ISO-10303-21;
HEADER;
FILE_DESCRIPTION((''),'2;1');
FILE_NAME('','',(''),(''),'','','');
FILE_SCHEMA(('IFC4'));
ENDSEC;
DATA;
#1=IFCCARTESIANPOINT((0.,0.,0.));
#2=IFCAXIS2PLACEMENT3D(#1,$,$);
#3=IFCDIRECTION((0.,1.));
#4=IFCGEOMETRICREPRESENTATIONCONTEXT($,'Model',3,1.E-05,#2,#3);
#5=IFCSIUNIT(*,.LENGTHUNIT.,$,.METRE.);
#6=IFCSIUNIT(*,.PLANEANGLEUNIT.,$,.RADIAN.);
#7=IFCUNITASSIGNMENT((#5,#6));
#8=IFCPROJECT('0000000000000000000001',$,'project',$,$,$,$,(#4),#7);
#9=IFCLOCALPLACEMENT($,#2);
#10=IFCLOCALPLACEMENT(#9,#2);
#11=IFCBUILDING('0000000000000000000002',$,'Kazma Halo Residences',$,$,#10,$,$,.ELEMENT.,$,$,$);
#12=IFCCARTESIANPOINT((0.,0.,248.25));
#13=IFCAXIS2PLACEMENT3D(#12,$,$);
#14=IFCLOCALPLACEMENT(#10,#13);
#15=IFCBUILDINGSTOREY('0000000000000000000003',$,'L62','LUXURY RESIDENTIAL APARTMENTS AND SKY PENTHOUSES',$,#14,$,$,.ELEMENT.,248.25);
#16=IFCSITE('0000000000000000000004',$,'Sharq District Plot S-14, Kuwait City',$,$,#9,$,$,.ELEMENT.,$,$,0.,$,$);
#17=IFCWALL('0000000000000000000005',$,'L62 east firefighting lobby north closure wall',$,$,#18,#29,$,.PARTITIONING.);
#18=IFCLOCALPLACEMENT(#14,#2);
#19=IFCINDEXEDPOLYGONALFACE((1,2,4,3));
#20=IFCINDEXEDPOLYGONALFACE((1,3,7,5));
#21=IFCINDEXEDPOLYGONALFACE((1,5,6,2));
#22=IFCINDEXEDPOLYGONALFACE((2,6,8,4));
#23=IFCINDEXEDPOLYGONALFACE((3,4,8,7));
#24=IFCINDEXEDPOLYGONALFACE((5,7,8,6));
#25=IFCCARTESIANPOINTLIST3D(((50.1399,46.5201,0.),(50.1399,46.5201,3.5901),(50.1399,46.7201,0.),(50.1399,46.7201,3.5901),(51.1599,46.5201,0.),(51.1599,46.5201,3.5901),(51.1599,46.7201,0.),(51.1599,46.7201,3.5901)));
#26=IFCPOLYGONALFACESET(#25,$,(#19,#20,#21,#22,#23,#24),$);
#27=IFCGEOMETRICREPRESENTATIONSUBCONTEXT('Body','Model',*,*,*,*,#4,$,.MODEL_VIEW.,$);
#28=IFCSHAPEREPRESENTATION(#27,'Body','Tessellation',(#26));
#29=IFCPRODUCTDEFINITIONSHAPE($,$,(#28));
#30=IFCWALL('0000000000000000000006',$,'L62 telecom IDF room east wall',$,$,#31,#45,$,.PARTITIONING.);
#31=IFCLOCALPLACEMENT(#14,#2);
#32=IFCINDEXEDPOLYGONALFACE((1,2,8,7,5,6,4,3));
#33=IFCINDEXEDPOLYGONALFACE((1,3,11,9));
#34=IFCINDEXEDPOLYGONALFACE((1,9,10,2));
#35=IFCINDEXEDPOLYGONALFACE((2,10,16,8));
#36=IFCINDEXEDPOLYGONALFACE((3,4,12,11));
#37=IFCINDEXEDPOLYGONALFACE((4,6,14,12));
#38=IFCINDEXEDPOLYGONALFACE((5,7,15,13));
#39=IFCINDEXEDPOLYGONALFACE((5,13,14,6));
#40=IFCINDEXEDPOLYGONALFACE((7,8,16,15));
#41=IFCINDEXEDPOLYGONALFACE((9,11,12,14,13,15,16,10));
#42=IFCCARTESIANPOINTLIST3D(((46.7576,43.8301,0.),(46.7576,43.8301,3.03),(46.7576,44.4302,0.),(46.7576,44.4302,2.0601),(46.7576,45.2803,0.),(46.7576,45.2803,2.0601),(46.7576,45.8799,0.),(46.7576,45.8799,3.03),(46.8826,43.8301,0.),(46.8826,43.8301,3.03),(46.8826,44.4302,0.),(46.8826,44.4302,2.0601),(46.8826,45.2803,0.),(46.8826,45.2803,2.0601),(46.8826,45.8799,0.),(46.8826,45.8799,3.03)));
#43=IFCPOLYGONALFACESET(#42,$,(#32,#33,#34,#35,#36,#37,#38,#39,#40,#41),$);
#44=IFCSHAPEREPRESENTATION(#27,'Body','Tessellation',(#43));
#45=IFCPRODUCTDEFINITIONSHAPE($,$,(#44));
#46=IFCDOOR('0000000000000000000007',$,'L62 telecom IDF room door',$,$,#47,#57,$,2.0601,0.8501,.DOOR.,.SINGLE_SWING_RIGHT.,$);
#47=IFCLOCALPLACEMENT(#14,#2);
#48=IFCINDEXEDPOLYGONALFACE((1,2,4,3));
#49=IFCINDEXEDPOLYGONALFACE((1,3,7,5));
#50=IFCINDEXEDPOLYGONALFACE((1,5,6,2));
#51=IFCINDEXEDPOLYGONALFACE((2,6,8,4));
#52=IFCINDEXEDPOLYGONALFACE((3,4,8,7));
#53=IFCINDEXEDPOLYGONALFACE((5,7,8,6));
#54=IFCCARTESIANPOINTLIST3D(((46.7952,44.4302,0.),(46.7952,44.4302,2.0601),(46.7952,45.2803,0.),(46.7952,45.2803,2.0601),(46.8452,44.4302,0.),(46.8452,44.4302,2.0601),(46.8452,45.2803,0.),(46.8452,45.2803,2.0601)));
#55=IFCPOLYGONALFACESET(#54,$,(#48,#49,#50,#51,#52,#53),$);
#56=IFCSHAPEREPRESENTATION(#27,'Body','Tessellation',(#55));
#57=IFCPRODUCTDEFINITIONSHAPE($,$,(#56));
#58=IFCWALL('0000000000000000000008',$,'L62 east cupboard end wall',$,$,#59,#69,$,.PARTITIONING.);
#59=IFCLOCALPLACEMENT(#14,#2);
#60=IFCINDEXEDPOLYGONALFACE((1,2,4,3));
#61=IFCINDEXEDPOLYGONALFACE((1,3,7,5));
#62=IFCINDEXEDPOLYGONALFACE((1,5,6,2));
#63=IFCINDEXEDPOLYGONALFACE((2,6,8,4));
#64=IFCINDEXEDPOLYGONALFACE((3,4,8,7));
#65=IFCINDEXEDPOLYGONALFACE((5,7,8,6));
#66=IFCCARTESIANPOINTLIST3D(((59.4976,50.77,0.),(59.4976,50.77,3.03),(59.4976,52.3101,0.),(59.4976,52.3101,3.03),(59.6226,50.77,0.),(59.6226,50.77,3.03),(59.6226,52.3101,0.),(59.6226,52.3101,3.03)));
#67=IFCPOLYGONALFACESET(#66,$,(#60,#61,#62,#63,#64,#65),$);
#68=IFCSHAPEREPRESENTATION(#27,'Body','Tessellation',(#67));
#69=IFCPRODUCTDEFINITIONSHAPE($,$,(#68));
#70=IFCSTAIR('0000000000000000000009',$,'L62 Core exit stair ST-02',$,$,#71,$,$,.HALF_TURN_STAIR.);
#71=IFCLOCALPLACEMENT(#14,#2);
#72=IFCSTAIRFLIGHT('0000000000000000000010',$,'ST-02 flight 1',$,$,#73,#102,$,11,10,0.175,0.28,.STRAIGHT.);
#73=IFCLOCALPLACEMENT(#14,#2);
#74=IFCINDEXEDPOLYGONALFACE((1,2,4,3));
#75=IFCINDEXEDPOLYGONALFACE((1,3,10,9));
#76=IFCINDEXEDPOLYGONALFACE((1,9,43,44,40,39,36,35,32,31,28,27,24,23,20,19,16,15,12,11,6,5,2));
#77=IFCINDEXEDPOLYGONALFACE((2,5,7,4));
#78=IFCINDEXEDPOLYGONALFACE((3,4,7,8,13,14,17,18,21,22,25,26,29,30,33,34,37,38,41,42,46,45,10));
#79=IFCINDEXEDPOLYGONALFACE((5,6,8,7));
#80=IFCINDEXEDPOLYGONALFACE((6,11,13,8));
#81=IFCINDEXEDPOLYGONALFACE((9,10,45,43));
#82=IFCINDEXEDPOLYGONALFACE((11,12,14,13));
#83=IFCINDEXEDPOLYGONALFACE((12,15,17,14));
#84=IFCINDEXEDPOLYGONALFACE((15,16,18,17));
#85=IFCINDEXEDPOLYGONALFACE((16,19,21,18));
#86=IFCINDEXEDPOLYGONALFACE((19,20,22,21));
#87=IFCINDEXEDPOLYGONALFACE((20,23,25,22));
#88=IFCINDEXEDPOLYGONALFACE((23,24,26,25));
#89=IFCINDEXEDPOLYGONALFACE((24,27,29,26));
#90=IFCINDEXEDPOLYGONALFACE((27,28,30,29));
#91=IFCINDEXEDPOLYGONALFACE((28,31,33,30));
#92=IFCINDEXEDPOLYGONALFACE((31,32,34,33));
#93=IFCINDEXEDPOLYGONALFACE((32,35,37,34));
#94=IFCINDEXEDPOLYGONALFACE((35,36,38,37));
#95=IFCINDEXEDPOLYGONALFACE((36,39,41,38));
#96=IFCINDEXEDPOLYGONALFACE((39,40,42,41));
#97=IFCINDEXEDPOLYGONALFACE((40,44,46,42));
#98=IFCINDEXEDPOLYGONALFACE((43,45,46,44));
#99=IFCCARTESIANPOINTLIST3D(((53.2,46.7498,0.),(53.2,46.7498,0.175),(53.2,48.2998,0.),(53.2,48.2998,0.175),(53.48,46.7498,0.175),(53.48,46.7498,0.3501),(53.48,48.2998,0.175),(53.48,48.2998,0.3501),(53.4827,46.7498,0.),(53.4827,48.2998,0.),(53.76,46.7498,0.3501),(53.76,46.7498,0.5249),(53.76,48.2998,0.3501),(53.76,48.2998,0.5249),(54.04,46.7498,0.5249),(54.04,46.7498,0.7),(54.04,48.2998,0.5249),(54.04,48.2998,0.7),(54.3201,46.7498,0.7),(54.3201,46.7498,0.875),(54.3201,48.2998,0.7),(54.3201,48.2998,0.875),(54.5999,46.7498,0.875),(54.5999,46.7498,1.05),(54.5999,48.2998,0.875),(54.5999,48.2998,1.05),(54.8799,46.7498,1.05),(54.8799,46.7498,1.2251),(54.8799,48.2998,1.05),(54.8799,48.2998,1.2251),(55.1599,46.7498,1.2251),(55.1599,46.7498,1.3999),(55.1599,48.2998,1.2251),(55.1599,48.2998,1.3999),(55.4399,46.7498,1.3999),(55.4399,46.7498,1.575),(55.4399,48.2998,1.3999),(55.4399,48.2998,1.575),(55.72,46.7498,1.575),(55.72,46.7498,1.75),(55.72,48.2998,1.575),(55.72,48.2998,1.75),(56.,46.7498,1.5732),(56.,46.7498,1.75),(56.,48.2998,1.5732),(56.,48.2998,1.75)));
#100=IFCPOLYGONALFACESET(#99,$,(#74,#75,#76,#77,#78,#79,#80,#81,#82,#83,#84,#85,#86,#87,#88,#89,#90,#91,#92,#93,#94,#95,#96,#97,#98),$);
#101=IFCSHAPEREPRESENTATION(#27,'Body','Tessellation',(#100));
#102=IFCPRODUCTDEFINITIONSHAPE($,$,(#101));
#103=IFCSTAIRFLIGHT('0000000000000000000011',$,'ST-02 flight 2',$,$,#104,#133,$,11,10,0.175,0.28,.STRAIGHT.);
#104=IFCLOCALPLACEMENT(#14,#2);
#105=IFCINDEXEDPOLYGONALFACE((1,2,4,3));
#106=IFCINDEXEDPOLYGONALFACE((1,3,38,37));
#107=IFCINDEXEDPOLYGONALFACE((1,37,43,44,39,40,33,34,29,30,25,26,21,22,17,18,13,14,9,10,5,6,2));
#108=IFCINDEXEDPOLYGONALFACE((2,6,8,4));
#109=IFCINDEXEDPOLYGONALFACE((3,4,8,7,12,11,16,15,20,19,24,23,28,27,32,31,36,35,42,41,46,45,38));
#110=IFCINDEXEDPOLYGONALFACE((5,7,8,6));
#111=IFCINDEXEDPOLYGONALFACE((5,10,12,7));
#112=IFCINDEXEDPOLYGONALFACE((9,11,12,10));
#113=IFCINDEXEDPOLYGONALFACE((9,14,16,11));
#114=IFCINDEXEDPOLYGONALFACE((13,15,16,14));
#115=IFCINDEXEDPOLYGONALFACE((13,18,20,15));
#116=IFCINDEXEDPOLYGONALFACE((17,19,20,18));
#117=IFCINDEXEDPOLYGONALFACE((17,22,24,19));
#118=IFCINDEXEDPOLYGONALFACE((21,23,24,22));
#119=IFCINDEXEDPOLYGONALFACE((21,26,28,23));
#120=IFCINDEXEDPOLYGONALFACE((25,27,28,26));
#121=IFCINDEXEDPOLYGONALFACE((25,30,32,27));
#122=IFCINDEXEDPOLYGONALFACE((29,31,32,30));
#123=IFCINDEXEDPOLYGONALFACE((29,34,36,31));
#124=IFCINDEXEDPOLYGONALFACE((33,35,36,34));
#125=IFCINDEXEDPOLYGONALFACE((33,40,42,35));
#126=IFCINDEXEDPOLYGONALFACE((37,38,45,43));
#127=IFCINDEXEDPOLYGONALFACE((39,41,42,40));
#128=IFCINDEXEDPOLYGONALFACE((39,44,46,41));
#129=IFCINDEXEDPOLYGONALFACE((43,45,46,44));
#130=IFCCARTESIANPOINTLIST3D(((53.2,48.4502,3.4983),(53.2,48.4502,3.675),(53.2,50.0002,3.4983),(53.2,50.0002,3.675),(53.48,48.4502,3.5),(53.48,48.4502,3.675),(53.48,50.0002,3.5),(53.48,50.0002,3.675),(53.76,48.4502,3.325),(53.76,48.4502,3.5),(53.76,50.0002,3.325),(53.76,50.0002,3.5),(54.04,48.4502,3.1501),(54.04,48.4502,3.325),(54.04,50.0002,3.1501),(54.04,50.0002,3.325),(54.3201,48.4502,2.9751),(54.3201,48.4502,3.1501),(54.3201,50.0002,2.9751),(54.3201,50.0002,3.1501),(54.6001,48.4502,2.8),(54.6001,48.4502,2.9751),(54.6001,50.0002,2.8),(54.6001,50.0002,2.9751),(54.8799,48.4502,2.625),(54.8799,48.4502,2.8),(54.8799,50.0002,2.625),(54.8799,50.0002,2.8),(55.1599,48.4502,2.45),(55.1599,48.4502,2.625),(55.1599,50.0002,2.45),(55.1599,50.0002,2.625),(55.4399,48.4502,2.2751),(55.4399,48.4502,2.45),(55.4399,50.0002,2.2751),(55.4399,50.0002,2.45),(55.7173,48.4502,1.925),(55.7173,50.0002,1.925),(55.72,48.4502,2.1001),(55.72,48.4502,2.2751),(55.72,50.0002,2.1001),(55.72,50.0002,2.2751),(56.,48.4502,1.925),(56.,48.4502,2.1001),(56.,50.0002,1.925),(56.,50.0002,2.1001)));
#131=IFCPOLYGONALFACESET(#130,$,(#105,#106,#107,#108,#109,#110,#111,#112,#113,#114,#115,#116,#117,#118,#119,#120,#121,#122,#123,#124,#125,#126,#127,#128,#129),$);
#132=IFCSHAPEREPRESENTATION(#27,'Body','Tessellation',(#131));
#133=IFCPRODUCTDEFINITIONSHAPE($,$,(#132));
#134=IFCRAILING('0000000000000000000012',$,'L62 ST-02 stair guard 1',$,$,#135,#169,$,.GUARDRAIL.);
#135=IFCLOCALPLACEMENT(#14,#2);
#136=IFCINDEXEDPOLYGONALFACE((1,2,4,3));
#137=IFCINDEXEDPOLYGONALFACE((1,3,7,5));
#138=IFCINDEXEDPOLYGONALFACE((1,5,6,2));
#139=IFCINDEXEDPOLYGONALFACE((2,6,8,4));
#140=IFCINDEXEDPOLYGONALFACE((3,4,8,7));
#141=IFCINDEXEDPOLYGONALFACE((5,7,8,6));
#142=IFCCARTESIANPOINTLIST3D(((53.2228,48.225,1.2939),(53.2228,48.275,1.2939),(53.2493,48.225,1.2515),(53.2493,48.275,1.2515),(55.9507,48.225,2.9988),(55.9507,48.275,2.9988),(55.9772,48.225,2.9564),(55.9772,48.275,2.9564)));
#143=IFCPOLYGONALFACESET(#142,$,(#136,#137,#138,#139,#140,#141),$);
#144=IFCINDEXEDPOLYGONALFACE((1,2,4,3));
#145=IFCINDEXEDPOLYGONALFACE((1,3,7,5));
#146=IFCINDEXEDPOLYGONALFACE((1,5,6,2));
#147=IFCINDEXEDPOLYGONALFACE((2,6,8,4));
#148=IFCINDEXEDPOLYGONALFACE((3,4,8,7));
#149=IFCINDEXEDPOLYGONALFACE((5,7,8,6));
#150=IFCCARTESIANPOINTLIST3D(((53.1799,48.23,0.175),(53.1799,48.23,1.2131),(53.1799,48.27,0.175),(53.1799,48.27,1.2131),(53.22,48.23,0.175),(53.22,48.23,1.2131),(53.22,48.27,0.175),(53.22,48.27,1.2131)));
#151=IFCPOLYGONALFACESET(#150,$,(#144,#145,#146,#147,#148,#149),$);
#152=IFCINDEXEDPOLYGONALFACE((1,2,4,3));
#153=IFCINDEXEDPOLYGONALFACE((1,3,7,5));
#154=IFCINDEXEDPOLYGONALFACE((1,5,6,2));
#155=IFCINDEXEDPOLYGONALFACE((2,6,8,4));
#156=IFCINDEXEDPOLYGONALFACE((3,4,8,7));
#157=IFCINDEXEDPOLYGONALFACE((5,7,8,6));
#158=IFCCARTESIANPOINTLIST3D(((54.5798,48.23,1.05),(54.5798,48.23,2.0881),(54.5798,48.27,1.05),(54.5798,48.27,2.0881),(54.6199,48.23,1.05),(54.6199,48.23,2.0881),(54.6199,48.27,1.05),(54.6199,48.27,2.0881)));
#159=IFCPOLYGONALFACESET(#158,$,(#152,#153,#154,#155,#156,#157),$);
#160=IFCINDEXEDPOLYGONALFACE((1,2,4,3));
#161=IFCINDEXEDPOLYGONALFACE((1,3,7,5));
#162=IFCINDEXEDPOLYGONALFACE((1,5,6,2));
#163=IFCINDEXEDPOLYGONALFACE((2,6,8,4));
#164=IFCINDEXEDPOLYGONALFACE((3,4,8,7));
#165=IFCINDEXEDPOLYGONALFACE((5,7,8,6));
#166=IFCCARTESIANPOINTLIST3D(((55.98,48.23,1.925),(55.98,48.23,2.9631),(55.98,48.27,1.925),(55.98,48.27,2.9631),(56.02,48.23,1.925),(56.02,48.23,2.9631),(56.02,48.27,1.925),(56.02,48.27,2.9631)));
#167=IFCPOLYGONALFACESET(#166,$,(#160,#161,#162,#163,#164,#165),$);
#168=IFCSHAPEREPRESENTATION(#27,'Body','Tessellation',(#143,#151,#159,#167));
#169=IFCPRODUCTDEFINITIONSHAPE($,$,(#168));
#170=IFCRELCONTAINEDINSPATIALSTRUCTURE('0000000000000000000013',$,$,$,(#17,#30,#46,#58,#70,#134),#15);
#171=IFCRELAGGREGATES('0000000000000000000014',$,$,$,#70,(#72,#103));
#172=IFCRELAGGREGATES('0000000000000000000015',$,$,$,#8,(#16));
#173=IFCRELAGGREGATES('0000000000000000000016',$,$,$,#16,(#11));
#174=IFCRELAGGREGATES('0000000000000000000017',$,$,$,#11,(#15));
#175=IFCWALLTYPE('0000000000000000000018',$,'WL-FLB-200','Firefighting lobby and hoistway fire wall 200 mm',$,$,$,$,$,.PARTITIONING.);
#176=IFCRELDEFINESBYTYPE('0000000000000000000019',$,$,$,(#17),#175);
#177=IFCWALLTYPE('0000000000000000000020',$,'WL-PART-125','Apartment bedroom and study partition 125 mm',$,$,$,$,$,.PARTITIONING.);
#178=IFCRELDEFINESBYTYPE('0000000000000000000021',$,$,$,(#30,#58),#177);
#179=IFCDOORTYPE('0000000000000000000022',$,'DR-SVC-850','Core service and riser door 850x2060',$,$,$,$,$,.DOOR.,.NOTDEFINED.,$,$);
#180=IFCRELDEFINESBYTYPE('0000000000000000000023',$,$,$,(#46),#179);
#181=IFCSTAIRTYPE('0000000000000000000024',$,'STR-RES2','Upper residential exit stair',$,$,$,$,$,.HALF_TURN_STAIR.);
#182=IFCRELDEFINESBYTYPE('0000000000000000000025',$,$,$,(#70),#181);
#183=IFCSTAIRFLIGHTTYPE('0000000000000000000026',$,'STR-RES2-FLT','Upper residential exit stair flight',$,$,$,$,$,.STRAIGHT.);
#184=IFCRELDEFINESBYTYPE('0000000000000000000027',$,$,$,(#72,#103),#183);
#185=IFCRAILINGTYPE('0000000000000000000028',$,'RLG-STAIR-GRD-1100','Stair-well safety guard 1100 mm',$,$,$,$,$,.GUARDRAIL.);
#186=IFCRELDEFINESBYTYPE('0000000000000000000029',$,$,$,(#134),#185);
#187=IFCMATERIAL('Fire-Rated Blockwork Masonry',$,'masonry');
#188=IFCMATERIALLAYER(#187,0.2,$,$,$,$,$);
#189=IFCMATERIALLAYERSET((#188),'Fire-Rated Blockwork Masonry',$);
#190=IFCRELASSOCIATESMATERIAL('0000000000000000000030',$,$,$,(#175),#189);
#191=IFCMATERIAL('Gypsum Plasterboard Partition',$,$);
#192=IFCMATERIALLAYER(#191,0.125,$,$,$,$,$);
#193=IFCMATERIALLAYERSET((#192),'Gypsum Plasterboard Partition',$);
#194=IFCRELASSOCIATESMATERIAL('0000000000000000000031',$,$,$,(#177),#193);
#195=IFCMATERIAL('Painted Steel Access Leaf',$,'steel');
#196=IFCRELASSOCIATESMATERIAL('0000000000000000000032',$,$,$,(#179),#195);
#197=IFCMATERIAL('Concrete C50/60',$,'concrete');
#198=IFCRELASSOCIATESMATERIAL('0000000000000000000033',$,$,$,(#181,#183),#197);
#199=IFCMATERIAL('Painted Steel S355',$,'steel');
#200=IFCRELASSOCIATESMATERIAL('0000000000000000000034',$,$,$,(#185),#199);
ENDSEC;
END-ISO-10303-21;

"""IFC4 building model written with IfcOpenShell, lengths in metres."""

from ifc_helpers import new_model, si_unit, direction, frame, frame_2d, origin, origin_2d, place, context, subcontext, project, spatial, polyline, rectangle, outline, extrude, material, layer, layer_set, type_object, element, fill, aggregate, save


model = new_model("IFC4")

# Units and contexts
model_context = context("Model", 3, precision=1e-05, world=origin(), true_north=direction((0.0, 1.0)))
body_context = subcontext(model_context, "Body", "Model", "MODEL_VIEW")
ifc_project = project(units=[si_unit("LENGTHUNIT", "METRE"), si_unit("PLANEANGLEUNIT", "RADIAN")], contexts=[model_context])

# Site, building, storey
site_placement = place(None, origin())
site = spatial("IfcSite", under=ifc_project, at=site_placement, Name="Sharq District Plot S-14, Kuwait City", CompositionType="ELEMENT", RefElevation=0.0)
building_placement = place(site_placement, origin())
building = spatial("IfcBuilding", under=site, at=building_placement, Name="Kazma Halo Residences", CompositionType="ELEMENT")
storey_placement = place(building_placement, frame((0.0, 0.0, 248.25)))
storey = spatial("IfcBuildingStorey", under=building, at=storey_placement, Name="L62", Description="LUXURY RESIDENTIAL APARTMENTS AND SKY PENTHOUSES", CompositionType="ELEMENT", Elevation=248.25)

# Shared definitions
ifc_material_1 = material(Name="Fire-Rated Blockwork Masonry", Category="masonry")
ifc_layer_1 = layer(ifc_material_1, 0.2)
ifc_layer_set_1 = layer_set([ifc_layer_1], Name="Fire-Rated Blockwork Masonry")
wall_type_1 = type_object("IfcWallType", Name="WL-FLB-200", Description="Firefighting lobby and hoistway fire wall 200 mm", PredefinedType="PARTITIONING", material=ifc_layer_set_1)

# Wall
wall_1_placement = place(storey_placement, frame((50.1399, 46.6201, 0.0), z_axis=(0.0, 0.0, 1.0), x_axis=(1.0, 0.0, 0.0)))
element("IfcWall", 1, at=wall_1_placement, inside=storey, type_object=wall_type_1, Name="L62 east firefighting lobby north closure wall", PredefinedType="PARTITIONING", context=body_context, shape_type="SweptSolid", body=[
    extrude(rectangle(XDim=1.02, YDim=0.2, at=frame_2d((0.51, 0.0))), origin(), (0.0, 0.0, 1.0), 3.5901),
])

# Wall, opening, door
ifc_material_2 = material(Name="Gypsum Plasterboard Partition")
ifc_layer_2 = layer(ifc_material_2, 0.125)
ifc_layer_set_2 = layer_set([ifc_layer_2], Name="Gypsum Plasterboard Partition")
wall_type_2 = type_object("IfcWallType", Name="WL-PART-125", Description="Apartment bedroom and study partition 125 mm", PredefinedType="PARTITIONING", material=ifc_layer_set_2)
wall_2_placement = place(storey_placement, frame((46.8201, 43.8301, 0.0), z_axis=(0.0, 0.0, 1.0), x_axis=(0.0, 1.0, 0.0)))
wall_2 = element("IfcWall", 2, at=wall_2_placement, inside=storey, type_object=wall_type_2, Name="L62 telecom IDF room east wall", PredefinedType="PARTITIONING", context=body_context, shape_type="SweptSolid", body=[
    extrude(rectangle(XDim=2.0498, YDim=0.125, at=frame_2d((1.0249, 0.0))), origin(), (0.0, 0.0, 1.0), 3.03),
])
opening_1_placement = place(wall_2_placement, frame((0.6001, 0.0, 0.0)))
opening_1 = element("IfcOpeningElement", 3, at=opening_1_placement, cuts=wall_2, PredefinedType="OPENING", context=body_context, shape_type="SweptSolid", body=[
    extrude(rectangle(XDim=0.8501, YDim=2.0601, at=frame_2d((0.425, 1.03))), frame((0.0, 0.0725, 0.0), z_axis=(0.0, -1.0, 0.0), x_axis=(1.0, 0.0, 0.0)), (0.0, 0.0, 1.0), 0.145),
])
ifc_material_3 = material(Name="Painted Steel Access Leaf", Category="steel")
door_type_1 = type_object("IfcDoorType", Name="DR-SVC-850", Description="Core service and riser door 850x2060", OperationType="NOTDEFINED", PredefinedType="DOOR", material=ifc_material_3)
door_1_placement = place(opening_1_placement, origin())
door_1 = element("IfcDoor", 4, at=door_1_placement, inside=storey, type_object=door_type_1, Name="L62 telecom IDF room door", OperationType="SINGLE_SWING_RIGHT", OverallHeight=2.0601, OverallWidth=0.8501, PredefinedType="DOOR", context=body_context, shape_type="SweptSolid", body=[
    extrude(rectangle(XDim=0.8501, YDim=2.0601, at=frame_2d((0.425, 1.03))), frame((0.0, 0.0249, 0.0), z_axis=(0.0, -1.0, 0.0), x_axis=(1.0, 0.0, 0.0)), (0.0, 0.0, 1.0), 0.05),
])
fill(opening_1, door_1)

# Wall
wall_3_placement = place(storey_placement, frame((59.5601, 50.77, 0.0), z_axis=(0.0, 0.0, 1.0), x_axis=(0.0, 1.0, 0.0)))
element("IfcWall", 5, at=wall_3_placement, inside=storey, type_object=wall_type_2, Name="L62 east cupboard end wall", PredefinedType="PARTITIONING", context=body_context, shape_type="SweptSolid", body=[
    extrude(rectangle(XDim=1.54, YDim=0.125, at=frame_2d((0.77, 0.0))), origin(), (0.0, 0.0, 1.0), 3.03),
])

# Shared definitions
ifc_material_4 = material(Name="Concrete C50/60", Category="concrete")

# Stair, stair flights
stair_type = type_object("IfcStairType", Name="STR-RES2", Description="Upper residential exit stair", PredefinedType="HALF_TURN_STAIR", material=ifc_material_4)
stair_placement = place(storey_placement, origin())
stair = element("IfcStair", 6, at=stair_placement, inside=storey, type_object=stair_type, Name="L62 Core exit stair ST-02", PredefinedType="HALF_TURN_STAIR")
stair_flight_type = type_object("IfcStairFlightType", Name="STR-RES2-FLT", Description="Upper residential exit stair flight", PredefinedType="STRAIGHT", material=ifc_material_4)
stair_flight_1_placement = place(storey_placement, frame((53.2, 47.5249, 0.0), z_axis=(0.0, 0.0, 1.0), x_axis=(1.0, 0.0, 0.0)))
stair_flight_1 = element("IfcStairFlight", 7, at=stair_flight_1_placement, type_object=stair_flight_type, Name="ST-02 flight 1", NumberOfRisers=11, NumberOfTreads=10, PredefinedType="STRAIGHT", RiserHeight=0.175, TreadLength=0.28, context=body_context, shape_type="SweptSolid", body=[
    extrude(outline(polyline([(0.0, 0.0), (0.0, 0.175), (0.28, 0.175), (0.28, 0.3501), (0.5601, 0.3501), (0.5601, 0.5249), (0.8401, 0.5249), (0.8401, 0.7), (1.1201, 0.7), (1.1201, 0.875), (1.3999, 0.875), (1.3999, 1.05), (1.6799, 1.05), (1.6799, 1.2251), (1.96, 1.2251), (1.96, 1.3999), (2.24, 1.3999), (2.24, 1.575), (2.52, 1.575), (2.52, 1.75), (2.8, 1.75), (2.8, 1.925), (2.8, 1.5732), (0.2827, 0.0), (0.0, 0.0)])), frame((0.0, 0.7749, 0.0), z_axis=(0.0, -1.0, 0.0), x_axis=(1.0, 0.0, 0.0)), (0.0, 0.0, 1.0), 1.55),
])
stair_flight_2_placement = place(storey_placement, frame((56.0, 49.2251, 1.925), z_axis=(0.0, 0.0, 1.0), x_axis=(-1.0, 0.0, 0.0)))
stair_flight_2 = element("IfcStairFlight", 8, at=stair_flight_2_placement, type_object=stair_flight_type, Name="ST-02 flight 2", NumberOfRisers=11, NumberOfTreads=10, PredefinedType="STRAIGHT", RiserHeight=0.175, TreadLength=0.28, context=body_context, shape_type="SweptSolid", body=[
    extrude(outline(polyline([(0.0, 0.0), (0.0, 0.175), (0.28, 0.175), (0.28, 0.3501), (0.5601, 0.3501), (0.5601, 0.5249), (0.8401, 0.5249), (0.8401, 0.7), (1.1201, 0.7), (1.1201, 0.875), (1.3999, 0.875), (1.3999, 1.05), (1.6799, 1.05), (1.6799, 1.2251), (1.96, 1.2251), (1.96, 1.3999), (2.24, 1.3999), (2.24, 1.575), (2.52, 1.575), (2.52, 1.75), (2.8, 1.75), (2.8, 1.925), (2.8, 1.5732), (0.2827, 0.0), (0.0, 0.0)])), frame((0.0, 0.7749, 0.0), z_axis=(0.0, -1.0, 0.0), x_axis=(1.0, 0.0, 0.0)), (0.0, 0.0, 1.0), 1.55),
])
aggregate(stair, [stair_flight_1, stair_flight_2])

# Railing
ifc_material_5 = material(Name="Painted Steel S355", Category="steel")
railing_type_1 = type_object("IfcRailingType", Name="RLG-STAIR-GRD-1100", Description="Stair-well safety guard 1100 mm", PredefinedType="GUARDRAIL", material=ifc_material_5)
railing_1_placement = place(storey_placement, frame((53.2, 48.25, 0.175)))
element("IfcRailing", 9, at=railing_1_placement, inside=storey, type_object=railing_type_1, Name="L62 ST-02 stair guard 1", PredefinedType="GUARDRAIL", context=body_context, shape_type="SweptSolid", body=[
    extrude(rectangle(XDim=0.05, YDim=0.05, at=origin_2d()), frame((0.0361, 0.0, 1.0977), z_axis=(0.848002, 0.0, 0.529992), x_axis=(0.0, 1.0, 0.0)), (0.0, 0.0, 1.0), 3.2168),
    extrude(rectangle(XDim=0.04, YDim=0.04, at=origin_2d()), origin(), (0.0, 0.0, 1.0), 1.0381),
    extrude(rectangle(XDim=0.04, YDim=0.04, at=origin_2d()), frame((1.3999, 0.0, 0.875)), (0.0, 0.0, 1.0), 1.0381),
    extrude(rectangle(XDim=0.04, YDim=0.04, at=origin_2d()), frame((2.8, 0.0, 1.75)), (0.0, 0.0, 1.0), 1.0381),
])

save(model, "model.ifc")
